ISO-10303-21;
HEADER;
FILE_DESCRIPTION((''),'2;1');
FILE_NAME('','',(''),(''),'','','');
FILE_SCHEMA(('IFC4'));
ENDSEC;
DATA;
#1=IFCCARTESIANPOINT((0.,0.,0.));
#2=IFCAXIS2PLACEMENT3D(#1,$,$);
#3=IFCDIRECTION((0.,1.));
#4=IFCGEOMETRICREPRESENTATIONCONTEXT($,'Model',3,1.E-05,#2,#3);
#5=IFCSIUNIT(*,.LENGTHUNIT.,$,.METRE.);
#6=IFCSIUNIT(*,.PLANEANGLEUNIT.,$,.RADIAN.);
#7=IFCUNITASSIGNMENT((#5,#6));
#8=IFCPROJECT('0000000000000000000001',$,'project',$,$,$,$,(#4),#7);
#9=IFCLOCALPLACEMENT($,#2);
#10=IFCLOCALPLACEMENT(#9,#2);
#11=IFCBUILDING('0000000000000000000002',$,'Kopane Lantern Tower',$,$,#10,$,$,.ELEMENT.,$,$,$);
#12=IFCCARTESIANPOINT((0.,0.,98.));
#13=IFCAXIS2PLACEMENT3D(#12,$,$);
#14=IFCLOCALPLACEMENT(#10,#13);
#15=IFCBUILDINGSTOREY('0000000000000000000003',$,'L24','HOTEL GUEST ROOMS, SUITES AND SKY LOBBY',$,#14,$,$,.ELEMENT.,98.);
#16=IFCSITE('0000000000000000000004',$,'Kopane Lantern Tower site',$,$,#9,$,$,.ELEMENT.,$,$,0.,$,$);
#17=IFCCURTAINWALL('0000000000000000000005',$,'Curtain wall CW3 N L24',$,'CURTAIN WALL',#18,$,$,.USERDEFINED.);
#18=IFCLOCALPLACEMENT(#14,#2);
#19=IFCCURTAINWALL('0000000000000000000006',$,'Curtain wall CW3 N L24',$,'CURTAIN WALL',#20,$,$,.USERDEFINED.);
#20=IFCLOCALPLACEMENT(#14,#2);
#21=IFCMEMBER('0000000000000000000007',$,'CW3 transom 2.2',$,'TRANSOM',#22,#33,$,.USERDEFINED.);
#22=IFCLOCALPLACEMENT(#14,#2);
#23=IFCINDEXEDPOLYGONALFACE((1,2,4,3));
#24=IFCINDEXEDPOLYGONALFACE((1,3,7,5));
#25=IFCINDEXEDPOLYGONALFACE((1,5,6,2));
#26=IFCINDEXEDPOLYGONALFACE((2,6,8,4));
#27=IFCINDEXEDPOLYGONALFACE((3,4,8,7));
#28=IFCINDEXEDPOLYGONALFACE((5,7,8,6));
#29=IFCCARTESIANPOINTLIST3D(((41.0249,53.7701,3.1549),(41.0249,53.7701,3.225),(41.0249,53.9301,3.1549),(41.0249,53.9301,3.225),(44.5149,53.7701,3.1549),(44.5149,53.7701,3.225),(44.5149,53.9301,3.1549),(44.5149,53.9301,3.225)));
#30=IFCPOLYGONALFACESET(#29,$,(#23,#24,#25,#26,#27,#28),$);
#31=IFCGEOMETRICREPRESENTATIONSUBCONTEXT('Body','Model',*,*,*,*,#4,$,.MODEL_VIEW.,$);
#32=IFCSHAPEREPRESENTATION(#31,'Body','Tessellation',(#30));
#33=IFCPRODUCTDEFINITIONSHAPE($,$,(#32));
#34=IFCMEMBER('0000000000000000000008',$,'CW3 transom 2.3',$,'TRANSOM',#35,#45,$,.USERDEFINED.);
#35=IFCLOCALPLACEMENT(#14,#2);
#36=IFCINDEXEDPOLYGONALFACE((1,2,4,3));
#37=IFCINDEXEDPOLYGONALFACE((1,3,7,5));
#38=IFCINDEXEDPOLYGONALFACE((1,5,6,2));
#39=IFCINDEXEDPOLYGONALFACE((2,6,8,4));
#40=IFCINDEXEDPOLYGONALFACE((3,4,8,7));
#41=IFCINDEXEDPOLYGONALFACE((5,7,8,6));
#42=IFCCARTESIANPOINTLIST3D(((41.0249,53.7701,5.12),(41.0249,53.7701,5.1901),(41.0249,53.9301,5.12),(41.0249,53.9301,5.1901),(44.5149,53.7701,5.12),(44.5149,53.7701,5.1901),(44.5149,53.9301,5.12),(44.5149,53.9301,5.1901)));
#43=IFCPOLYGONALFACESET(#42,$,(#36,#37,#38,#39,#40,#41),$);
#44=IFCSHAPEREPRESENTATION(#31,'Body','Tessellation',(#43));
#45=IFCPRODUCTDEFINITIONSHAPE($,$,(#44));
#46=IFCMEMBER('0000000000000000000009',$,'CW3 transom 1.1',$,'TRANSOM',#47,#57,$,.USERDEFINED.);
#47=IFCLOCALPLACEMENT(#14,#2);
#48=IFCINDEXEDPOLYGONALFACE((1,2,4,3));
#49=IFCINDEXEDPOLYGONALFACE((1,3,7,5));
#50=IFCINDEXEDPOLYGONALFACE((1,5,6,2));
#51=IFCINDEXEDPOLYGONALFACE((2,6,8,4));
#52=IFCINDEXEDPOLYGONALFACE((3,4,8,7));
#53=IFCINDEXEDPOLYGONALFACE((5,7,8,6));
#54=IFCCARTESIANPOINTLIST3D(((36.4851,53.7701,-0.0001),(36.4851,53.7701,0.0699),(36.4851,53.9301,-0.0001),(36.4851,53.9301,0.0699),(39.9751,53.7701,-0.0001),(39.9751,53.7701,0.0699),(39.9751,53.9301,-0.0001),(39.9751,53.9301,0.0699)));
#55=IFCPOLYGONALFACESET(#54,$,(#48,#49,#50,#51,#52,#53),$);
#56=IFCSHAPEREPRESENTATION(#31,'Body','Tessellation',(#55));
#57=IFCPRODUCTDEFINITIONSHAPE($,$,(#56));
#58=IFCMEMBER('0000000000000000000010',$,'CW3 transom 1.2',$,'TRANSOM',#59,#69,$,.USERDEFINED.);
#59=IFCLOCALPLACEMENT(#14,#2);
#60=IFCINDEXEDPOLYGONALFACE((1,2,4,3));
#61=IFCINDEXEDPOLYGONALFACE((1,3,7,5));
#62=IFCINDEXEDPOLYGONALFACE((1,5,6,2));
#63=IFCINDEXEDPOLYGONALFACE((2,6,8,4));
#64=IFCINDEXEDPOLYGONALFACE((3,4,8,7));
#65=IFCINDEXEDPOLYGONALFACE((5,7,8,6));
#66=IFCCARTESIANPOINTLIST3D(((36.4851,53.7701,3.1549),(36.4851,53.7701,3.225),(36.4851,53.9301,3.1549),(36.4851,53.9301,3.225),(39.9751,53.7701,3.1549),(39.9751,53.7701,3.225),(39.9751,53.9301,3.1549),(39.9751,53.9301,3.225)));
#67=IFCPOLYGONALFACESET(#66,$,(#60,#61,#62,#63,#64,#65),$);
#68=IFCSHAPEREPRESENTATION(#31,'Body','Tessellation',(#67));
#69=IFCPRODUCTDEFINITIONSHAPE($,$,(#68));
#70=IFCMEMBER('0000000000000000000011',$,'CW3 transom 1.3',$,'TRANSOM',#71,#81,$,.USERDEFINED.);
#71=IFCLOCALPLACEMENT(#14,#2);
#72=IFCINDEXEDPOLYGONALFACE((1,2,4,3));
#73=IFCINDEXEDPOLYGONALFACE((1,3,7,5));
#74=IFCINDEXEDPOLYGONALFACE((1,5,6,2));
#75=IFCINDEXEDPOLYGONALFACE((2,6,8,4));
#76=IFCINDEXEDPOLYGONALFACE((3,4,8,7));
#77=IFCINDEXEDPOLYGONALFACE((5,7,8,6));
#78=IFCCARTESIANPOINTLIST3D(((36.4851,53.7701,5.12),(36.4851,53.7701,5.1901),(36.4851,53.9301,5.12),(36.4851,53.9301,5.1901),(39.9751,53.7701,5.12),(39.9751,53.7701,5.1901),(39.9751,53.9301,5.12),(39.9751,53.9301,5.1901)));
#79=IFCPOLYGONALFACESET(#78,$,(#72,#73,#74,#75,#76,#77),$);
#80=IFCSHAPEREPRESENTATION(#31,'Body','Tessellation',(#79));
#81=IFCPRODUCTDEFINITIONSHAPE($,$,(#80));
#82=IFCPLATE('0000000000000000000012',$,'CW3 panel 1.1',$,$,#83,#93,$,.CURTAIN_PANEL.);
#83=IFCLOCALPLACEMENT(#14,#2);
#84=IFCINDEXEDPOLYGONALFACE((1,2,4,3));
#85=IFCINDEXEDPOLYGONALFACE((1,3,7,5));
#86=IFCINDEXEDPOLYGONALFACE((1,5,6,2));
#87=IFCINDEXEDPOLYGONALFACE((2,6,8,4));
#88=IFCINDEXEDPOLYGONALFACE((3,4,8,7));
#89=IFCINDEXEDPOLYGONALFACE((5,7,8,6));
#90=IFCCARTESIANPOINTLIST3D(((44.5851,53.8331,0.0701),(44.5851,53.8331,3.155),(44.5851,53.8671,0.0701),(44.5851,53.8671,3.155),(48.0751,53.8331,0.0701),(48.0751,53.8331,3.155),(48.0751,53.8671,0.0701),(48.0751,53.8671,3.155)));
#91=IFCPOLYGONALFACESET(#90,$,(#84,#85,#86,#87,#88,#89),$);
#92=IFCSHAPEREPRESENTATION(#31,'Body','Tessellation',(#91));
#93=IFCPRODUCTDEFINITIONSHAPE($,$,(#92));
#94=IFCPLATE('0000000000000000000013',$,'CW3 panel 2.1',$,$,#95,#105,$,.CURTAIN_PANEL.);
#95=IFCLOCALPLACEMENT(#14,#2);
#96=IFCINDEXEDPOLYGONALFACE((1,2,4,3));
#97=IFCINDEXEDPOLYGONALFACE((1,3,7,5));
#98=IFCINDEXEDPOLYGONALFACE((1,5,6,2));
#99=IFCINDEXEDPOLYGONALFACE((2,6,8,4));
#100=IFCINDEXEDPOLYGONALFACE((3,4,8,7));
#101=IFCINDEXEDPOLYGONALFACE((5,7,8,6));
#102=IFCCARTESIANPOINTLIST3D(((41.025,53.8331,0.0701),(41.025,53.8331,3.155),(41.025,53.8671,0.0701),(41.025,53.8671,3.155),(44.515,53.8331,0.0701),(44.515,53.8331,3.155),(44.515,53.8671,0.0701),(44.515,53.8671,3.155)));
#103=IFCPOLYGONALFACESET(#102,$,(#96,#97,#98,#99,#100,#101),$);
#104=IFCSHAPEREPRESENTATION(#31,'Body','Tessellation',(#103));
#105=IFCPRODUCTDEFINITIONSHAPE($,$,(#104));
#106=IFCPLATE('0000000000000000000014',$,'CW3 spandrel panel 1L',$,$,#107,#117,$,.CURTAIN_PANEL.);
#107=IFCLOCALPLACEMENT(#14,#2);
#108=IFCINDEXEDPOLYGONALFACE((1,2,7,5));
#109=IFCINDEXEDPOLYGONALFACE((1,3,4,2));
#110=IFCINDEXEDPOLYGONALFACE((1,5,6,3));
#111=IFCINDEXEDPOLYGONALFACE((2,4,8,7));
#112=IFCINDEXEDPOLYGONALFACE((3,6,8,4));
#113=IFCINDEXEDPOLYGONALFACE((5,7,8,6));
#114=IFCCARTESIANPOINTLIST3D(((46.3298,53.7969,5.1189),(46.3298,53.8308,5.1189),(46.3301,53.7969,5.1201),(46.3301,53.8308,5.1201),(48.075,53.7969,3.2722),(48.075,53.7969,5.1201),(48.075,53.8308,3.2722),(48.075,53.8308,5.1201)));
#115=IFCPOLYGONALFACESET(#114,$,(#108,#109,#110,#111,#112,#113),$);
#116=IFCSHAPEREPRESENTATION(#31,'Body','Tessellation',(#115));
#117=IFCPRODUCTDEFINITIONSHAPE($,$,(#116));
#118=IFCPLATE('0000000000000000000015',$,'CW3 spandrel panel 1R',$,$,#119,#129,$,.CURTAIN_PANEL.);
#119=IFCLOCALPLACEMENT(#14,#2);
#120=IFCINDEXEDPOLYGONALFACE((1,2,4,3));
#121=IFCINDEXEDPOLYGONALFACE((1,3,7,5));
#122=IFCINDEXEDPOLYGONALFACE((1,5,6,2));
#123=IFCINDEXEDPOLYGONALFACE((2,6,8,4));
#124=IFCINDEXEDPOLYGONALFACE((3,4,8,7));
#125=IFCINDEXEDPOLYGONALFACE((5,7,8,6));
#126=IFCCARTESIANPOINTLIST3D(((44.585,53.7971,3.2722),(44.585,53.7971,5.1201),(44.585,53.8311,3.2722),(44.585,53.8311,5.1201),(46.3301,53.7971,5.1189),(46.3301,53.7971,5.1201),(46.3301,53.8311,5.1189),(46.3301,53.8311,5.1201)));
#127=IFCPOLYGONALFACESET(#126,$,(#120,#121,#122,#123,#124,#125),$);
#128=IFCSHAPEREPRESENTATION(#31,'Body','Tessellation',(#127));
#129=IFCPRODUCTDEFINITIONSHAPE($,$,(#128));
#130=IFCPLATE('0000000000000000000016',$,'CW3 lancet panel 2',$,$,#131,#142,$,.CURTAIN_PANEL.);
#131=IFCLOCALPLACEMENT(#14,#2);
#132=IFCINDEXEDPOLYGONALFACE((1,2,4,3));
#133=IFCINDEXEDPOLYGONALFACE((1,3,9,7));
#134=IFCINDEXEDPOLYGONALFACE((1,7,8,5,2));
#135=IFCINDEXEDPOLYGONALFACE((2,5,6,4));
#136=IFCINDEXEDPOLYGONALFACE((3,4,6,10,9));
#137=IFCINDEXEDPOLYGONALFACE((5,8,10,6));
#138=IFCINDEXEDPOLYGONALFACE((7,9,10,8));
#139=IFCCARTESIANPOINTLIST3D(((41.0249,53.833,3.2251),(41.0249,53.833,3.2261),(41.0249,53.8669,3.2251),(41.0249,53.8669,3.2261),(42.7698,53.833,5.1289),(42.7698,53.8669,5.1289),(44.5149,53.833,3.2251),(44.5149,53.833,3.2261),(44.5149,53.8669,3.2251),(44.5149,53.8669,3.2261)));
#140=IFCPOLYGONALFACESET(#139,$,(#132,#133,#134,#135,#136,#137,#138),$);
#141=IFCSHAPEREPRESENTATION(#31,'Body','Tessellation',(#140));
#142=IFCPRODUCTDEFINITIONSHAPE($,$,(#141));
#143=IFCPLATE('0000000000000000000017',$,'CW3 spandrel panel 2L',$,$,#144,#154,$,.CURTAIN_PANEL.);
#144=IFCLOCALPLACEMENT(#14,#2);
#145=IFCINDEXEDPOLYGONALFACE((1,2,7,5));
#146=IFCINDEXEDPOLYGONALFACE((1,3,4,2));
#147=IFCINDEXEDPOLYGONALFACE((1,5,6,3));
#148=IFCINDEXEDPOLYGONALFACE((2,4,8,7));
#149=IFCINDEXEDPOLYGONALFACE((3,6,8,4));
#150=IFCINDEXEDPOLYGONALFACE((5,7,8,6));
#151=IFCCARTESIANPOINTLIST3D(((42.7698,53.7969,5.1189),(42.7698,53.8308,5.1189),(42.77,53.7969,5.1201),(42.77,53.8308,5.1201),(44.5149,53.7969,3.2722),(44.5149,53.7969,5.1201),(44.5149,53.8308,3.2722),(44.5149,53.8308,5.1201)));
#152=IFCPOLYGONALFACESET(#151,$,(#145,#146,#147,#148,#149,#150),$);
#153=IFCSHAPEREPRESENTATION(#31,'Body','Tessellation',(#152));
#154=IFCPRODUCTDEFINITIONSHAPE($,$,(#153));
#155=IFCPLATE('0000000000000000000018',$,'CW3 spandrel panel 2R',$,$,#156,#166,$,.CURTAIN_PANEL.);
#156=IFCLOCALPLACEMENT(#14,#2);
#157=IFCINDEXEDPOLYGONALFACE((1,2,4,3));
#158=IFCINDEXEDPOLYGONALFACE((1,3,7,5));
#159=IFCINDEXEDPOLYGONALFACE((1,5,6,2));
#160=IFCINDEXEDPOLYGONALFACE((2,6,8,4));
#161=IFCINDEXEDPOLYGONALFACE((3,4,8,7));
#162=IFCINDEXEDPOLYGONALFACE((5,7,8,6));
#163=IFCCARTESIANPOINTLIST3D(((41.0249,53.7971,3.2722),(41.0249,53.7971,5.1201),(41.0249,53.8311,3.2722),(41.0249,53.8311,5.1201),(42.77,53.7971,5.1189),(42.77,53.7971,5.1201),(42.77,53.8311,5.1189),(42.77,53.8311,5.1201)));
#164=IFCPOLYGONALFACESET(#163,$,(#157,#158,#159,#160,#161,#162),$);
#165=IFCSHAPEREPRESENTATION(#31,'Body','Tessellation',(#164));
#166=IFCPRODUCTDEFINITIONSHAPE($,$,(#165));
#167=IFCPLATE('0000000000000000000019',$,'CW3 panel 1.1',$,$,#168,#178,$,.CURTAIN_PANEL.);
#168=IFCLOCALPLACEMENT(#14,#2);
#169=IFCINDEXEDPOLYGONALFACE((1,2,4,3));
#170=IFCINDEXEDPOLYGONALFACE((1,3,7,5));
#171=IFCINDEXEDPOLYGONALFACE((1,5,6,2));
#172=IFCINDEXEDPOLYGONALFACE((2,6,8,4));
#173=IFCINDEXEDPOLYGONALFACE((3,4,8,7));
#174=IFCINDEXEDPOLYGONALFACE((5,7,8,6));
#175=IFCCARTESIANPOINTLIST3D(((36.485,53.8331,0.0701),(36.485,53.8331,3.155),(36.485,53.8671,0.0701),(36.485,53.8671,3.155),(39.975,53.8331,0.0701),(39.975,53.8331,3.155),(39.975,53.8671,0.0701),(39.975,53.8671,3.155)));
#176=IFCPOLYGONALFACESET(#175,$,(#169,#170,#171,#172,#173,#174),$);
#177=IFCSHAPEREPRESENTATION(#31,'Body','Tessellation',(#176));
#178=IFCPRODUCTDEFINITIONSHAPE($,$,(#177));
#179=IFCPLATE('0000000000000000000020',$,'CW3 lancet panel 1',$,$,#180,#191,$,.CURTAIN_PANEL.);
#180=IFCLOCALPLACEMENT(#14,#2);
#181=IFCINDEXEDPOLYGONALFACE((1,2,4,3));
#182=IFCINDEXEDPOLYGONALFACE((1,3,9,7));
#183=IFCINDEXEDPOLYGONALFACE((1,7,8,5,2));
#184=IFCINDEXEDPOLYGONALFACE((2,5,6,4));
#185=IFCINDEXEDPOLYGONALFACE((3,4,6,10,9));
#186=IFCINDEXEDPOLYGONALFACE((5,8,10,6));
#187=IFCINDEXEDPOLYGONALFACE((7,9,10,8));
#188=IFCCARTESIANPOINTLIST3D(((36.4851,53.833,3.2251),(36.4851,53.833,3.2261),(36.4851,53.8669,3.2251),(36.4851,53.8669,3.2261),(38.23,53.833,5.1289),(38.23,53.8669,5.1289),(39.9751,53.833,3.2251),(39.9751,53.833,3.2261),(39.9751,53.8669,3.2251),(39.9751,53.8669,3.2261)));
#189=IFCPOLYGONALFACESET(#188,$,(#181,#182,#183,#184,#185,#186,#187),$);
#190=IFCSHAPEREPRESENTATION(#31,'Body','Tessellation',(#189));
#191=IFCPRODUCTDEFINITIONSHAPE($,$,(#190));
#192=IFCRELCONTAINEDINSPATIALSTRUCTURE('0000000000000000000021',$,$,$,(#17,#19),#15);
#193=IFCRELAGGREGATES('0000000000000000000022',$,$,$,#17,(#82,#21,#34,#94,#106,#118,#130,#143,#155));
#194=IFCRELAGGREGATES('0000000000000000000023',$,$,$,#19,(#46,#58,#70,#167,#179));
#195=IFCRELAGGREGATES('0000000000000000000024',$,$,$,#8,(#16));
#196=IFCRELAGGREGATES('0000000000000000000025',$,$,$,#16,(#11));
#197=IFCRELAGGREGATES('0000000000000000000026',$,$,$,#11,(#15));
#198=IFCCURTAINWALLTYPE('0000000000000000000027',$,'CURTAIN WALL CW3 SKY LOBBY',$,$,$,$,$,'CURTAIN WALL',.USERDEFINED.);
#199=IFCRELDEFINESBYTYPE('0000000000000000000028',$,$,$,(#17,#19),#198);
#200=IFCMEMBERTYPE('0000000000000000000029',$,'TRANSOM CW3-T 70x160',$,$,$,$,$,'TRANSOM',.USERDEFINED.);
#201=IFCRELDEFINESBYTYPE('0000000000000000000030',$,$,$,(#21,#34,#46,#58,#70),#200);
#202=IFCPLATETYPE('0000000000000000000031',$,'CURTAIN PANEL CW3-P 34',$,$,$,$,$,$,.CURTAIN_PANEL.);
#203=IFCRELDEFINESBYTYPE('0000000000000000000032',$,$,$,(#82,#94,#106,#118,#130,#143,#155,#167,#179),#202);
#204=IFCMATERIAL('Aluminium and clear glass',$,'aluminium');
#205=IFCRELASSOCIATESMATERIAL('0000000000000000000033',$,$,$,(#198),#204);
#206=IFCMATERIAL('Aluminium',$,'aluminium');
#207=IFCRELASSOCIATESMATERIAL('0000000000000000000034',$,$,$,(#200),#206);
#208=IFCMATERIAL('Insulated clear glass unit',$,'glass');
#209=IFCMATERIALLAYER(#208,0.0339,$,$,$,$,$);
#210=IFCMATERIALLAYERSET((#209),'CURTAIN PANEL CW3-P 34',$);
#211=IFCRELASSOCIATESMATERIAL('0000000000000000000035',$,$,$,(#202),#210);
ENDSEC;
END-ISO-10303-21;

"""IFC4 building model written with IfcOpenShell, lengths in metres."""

from ifc_helpers import new_model, si_unit, direction, frame, origin, origin_2d, place, context, subcontext, project, spatial, polyline, rectangle, outline, extrude, material, layer, layer_set, material_profile, profile_set, type_object, element, aggregate, save


model = new_model("IFC4")

# Units and contexts
model_context = context("Model", 3, precision=1e-05, world=origin(), true_north=direction((0.0, 1.0)))
body_context = subcontext(model_context, "Body", "Model", "MODEL_VIEW")
ifc_project = project(units=[si_unit("LENGTHUNIT", "METRE"), si_unit("PLANEANGLEUNIT", "RADIAN")], contexts=[model_context])

# Site, building, storey
site_placement = place(None, origin())
site = spatial("IfcSite", under=ifc_project, at=site_placement, Name="Kopane Lantern Tower site", CompositionType="ELEMENT", RefElevation=0.0)
building_placement = place(site_placement, origin())
building = spatial("IfcBuilding", under=site, at=building_placement, Name="Kopane Lantern Tower", CompositionType="ELEMENT")
storey_placement = place(building_placement, frame((0.0, 0.0, 98.0)))
storey = spatial("IfcBuildingStorey", under=building, at=storey_placement, Name="L24", Description="HOTEL GUEST ROOMS, SUITES AND SKY LOBBY", CompositionType="ELEMENT", Elevation=98.0)

# Curtain walls
ifc_material_1 = material(Name="Aluminium and clear glass", Category="aluminium")
curtain_wall_type = type_object("IfcCurtainWallType", Name="CURTAIN WALL CW3 SKY LOBBY", ElementType="CURTAIN WALL", PredefinedType="USERDEFINED", material=ifc_material_1)
curtain_wall_1_placement = place(storey_placement, origin())
curtain_wall_1 = element("IfcCurtainWall", 1, at=curtain_wall_1_placement, inside=storey, type_object=curtain_wall_type, Name="Curtain wall CW3 N L24", ObjectType="CURTAIN WALL", PredefinedType="USERDEFINED")
curtain_wall_2_placement = place(storey_placement, origin())
curtain_wall_2 = element("IfcCurtainWall", 2, at=curtain_wall_2_placement, inside=storey, type_object=curtain_wall_type, Name="Curtain wall CW3 N L24", ObjectType="CURTAIN WALL", PredefinedType="USERDEFINED")

# Members
ifc_material_2 = material(Name="Aluminium", Category="aluminium")
ifc_material_profile_1 = material_profile(ifc_material_2, rectangle(XDim=0.1599, YDim=0.0701, at=origin_2d()), Name="AL 160x70")
ifc_profile_set_1 = profile_set([ifc_material_profile_1], Name="Aluminium")
member_type_1 = type_object("IfcMemberType", Name="TRANSOM CW3-T 70x160", ElementType="TRANSOM", PredefinedType="USERDEFINED", material=ifc_profile_set_1)
member_1_placement = place(storey_placement, frame((44.5149, 53.8501, 3.1899), z_axis=(-1.0, 0.0, 0.0), x_axis=(0.0, -1.0, 0.0)))
member_1 = element("IfcMember", 3, at=member_1_placement, type_object=member_type_1, Name="CW3 transom 2.2", ObjectType="TRANSOM", PredefinedType="USERDEFINED", context=body_context, shape_type="SweptSolid", body=[
    extrude(rectangle(XDim=0.1599, YDim=0.0701, at=origin_2d()), origin(), (0.0, 0.0, 1.0), 3.49),
])
member_2_placement = place(storey_placement, frame((44.5149, 53.8501, 5.155), z_axis=(-1.0, 0.0, 0.0), x_axis=(0.0, -1.0, 0.0)))
member_2 = element("IfcMember", 4, at=member_2_placement, type_object=member_type_1, Name="CW3 transom 2.3", ObjectType="TRANSOM", PredefinedType="USERDEFINED", context=body_context, shape_type="SweptSolid", body=[
    extrude(rectangle(XDim=0.1599, YDim=0.0701, at=origin_2d()), origin(), (0.0, 0.0, 1.0), 3.49),
])
member_3_placement = place(storey_placement, frame((39.9751, 53.8501, 0.0349), z_axis=(-1.0, 0.0, 0.0), x_axis=(0.0, -1.0, 0.0)))
member_3 = element("IfcMember", 5, at=member_3_placement, type_object=member_type_1, Name="CW3 transom 1.1", ObjectType="TRANSOM", PredefinedType="USERDEFINED", context=body_context, shape_type="SweptSolid", body=[
    extrude(rectangle(XDim=0.1599, YDim=0.0701, at=origin_2d()), origin(), (0.0, 0.0, 1.0), 3.49),
])
member_4_placement = place(storey_placement, frame((39.9751, 53.8501, 3.1899), z_axis=(-1.0, 0.0, 0.0), x_axis=(0.0, -1.0, 0.0)))
member_4 = element("IfcMember", 6, at=member_4_placement, type_object=member_type_1, Name="CW3 transom 1.2", ObjectType="TRANSOM", PredefinedType="USERDEFINED", context=body_context, shape_type="SweptSolid", body=[
    extrude(rectangle(XDim=0.1599, YDim=0.0701, at=origin_2d()), origin(), (0.0, 0.0, 1.0), 3.49),
])
member_5_placement = place(storey_placement, frame((39.9751, 53.8501, 5.155), z_axis=(-1.0, 0.0, 0.0), x_axis=(0.0, -1.0, 0.0)))
member_5 = element("IfcMember", 7, at=member_5_placement, type_object=member_type_1, Name="CW3 transom 1.3", ObjectType="TRANSOM", PredefinedType="USERDEFINED", context=body_context, shape_type="SweptSolid", body=[
    extrude(rectangle(XDim=0.1599, YDim=0.0701, at=origin_2d()), origin(), (0.0, 0.0, 1.0), 3.49),
])

# Plates
ifc_material_3 = material(Name="Insulated clear glass unit", Category="glass")
ifc_layer = layer(ifc_material_3, 0.0339)
ifc_layer_set = layer_set([ifc_layer], Name="CURTAIN PANEL CW3-P 34")
plate_type = type_object("IfcPlateType", Name="CURTAIN PANEL CW3-P 34", PredefinedType="CURTAIN_PANEL", material=ifc_layer_set)
plate_1_placement = place(storey_placement, frame((46.3301, 53.8501, 0.0701), z_axis=(0.0, 0.0, 1.0), x_axis=(-1.0, 0.0, 0.0)))
plate_1 = element("IfcPlate", 8, at=plate_1_placement, type_object=plate_type, Name="CW3 panel 1.1", PredefinedType="CURTAIN_PANEL", context=body_context, shape_type="SweptSolid", body=[
    extrude(rectangle(XDim=3.49, YDim=0.0339, at=origin_2d()), origin(), (0.0, 0.0, 1.0), 3.085),
])
plate_2_placement = place(storey_placement, frame((42.77, 53.8501, 0.0701), z_axis=(0.0, 0.0, 1.0), x_axis=(-1.0, 0.0, 0.0)))
plate_2 = element("IfcPlate", 9, at=plate_2_placement, type_object=plate_type, Name="CW3 panel 2.1", PredefinedType="CURTAIN_PANEL", context=body_context, shape_type="SweptSolid", body=[
    extrude(rectangle(XDim=3.49, YDim=0.0339, at=origin_2d()), origin(), (0.0, 0.0, 1.0), 3.085),
])
plate_3_placement = place(storey_placement, frame((48.075, 53.814, 5.1201), z_axis=(0.0, 0.0, 1.0), x_axis=(-1.0, 0.0, 0.0)))
plate_3 = element("IfcPlate", 10, at=plate_3_placement, type_object=plate_type, Name="CW3 spandrel panel 1L", PredefinedType="CURTAIN_PANEL", context=body_context, shape_type="SweptSolid", body=[
    extrude(outline(polyline([(0.0, 0.0), (1.7449, 0.0), (1.7451, -0.0012), (0.0, -1.8479), (0.0, 0.0)])), frame((0.0, 0.0171, 0.0), z_axis=(0.0, -1.0, 0.0), x_axis=(1.0, 0.0, 0.0)), (0.0, 0.0, 1.0), 0.0339),
])
plate_4_placement = place(storey_placement, frame((44.585, 53.814, 5.1201), z_axis=(0.0, 0.0, 1.0), x_axis=(1.0, 0.0, 0.0)))
plate_4 = element("IfcPlate", 11, at=plate_4_placement, type_object=plate_type, Name="CW3 spandrel panel 1R", PredefinedType="CURTAIN_PANEL", context=body_context, shape_type="SweptSolid", body=[
    extrude(outline(polyline([(0.0, 0.0), (1.7451, 0.0), (1.7451, -0.0012), (0.0, -1.8479), (0.0, 0.0)])), frame((0.0, 0.0171, 0.0), z_axis=(0.0, -1.0, 0.0), x_axis=(1.0, 0.0, 0.0)), (0.0, 0.0, 1.0), 0.0339),
])
plate_5_placement = place(storey_placement, frame((44.5149, 53.8501, 3.2251), z_axis=(0.0, 0.0, 1.0), x_axis=(-1.0, 0.0, 0.0)))
plate_5 = element("IfcPlate", 12, at=plate_5_placement, type_object=plate_type, Name="CW3 lancet panel 2", PredefinedType="CURTAIN_PANEL", context=body_context, shape_type="SweptSolid", body=[
    extrude(outline(polyline([(0.0, 0.0), (3.49, 0.0), (3.49, 0.001), (1.7451, 1.9038), (0.0, 0.001), (0.0, 0.0)])), frame((0.0, 0.0171, 0.0), z_axis=(0.0, -1.0, 0.0), x_axis=(1.0, 0.0, 0.0)), (0.0, 0.0, 1.0), 0.0339),
])
plate_6_placement = place(storey_placement, frame((44.5149, 53.814, 5.1201), z_axis=(0.0, 0.0, 1.0), x_axis=(-1.0, 0.0, 0.0)))
plate_6 = element("IfcPlate", 13, at=plate_6_placement, type_object=plate_type, Name="CW3 spandrel panel 2L", PredefinedType="CURTAIN_PANEL", context=body_context, shape_type="SweptSolid", body=[
    extrude(outline(polyline([(0.0, 0.0), (1.7449, 0.0), (1.7451, -0.0012), (0.0, -1.8479), (0.0, 0.0)])), frame((0.0, 0.0171, 0.0), z_axis=(0.0, -1.0, 0.0), x_axis=(1.0, 0.0, 0.0)), (0.0, 0.0, 1.0), 0.0339),
])
plate_7_placement = place(storey_placement, frame((41.0249, 53.814, 5.1201), z_axis=(0.0, 0.0, 1.0), x_axis=(1.0, 0.0, 0.0)))
plate_7 = element("IfcPlate", 14, at=plate_7_placement, type_object=plate_type, Name="CW3 spandrel panel 2R", PredefinedType="CURTAIN_PANEL", context=body_context, shape_type="SweptSolid", body=[
    extrude(outline(polyline([(0.0, 0.0), (1.7451, 0.0), (1.7451, -0.0012), (0.0, -1.8479), (0.0, 0.0)])), frame((0.0, 0.0171, 0.0), z_axis=(0.0, -1.0, 0.0), x_axis=(1.0, 0.0, 0.0)), (0.0, 0.0, 1.0), 0.0339),
])
aggregate(curtain_wall_1, [plate_1, member_1, member_2, plate_2, plate_3, plate_4, plate_5, plate_6, plate_7])
plate_8_placement = place(storey_placement, frame((38.23, 53.8501, 0.0701), z_axis=(0.0, 0.0, 1.0), x_axis=(-1.0, 0.0, 0.0)))
plate_8 = element("IfcPlate", 15, at=plate_8_placement, type_object=plate_type, Name="CW3 panel 1.1", PredefinedType="CURTAIN_PANEL", context=body_context, shape_type="SweptSolid", body=[
    extrude(rectangle(XDim=3.49, YDim=0.0339, at=origin_2d()), origin(), (0.0, 0.0, 1.0), 3.085),
])
plate_9_placement = place(storey_placement, frame((39.9751, 53.8501, 3.2251), z_axis=(0.0, 0.0, 1.0), x_axis=(-1.0, 0.0, 0.0)))
plate_9 = element("IfcPlate", 16, at=plate_9_placement, type_object=plate_type, Name="CW3 lancet panel 1", PredefinedType="CURTAIN_PANEL", context=body_context, shape_type="SweptSolid", body=[
    extrude(outline(polyline([(0.0, 0.0), (3.49, 0.0), (3.49, 0.001), (1.7451, 1.9038), (0.0, 0.001), (0.0, 0.0)])), frame((0.0, 0.0171, 0.0), z_axis=(0.0, -1.0, 0.0), x_axis=(1.0, 0.0, 0.0)), (0.0, 0.0, 1.0), 0.0339),
])
aggregate(curtain_wall_2, [member_3, member_4, member_5, plate_8, plate_9])

save(model, "model.ifc")
